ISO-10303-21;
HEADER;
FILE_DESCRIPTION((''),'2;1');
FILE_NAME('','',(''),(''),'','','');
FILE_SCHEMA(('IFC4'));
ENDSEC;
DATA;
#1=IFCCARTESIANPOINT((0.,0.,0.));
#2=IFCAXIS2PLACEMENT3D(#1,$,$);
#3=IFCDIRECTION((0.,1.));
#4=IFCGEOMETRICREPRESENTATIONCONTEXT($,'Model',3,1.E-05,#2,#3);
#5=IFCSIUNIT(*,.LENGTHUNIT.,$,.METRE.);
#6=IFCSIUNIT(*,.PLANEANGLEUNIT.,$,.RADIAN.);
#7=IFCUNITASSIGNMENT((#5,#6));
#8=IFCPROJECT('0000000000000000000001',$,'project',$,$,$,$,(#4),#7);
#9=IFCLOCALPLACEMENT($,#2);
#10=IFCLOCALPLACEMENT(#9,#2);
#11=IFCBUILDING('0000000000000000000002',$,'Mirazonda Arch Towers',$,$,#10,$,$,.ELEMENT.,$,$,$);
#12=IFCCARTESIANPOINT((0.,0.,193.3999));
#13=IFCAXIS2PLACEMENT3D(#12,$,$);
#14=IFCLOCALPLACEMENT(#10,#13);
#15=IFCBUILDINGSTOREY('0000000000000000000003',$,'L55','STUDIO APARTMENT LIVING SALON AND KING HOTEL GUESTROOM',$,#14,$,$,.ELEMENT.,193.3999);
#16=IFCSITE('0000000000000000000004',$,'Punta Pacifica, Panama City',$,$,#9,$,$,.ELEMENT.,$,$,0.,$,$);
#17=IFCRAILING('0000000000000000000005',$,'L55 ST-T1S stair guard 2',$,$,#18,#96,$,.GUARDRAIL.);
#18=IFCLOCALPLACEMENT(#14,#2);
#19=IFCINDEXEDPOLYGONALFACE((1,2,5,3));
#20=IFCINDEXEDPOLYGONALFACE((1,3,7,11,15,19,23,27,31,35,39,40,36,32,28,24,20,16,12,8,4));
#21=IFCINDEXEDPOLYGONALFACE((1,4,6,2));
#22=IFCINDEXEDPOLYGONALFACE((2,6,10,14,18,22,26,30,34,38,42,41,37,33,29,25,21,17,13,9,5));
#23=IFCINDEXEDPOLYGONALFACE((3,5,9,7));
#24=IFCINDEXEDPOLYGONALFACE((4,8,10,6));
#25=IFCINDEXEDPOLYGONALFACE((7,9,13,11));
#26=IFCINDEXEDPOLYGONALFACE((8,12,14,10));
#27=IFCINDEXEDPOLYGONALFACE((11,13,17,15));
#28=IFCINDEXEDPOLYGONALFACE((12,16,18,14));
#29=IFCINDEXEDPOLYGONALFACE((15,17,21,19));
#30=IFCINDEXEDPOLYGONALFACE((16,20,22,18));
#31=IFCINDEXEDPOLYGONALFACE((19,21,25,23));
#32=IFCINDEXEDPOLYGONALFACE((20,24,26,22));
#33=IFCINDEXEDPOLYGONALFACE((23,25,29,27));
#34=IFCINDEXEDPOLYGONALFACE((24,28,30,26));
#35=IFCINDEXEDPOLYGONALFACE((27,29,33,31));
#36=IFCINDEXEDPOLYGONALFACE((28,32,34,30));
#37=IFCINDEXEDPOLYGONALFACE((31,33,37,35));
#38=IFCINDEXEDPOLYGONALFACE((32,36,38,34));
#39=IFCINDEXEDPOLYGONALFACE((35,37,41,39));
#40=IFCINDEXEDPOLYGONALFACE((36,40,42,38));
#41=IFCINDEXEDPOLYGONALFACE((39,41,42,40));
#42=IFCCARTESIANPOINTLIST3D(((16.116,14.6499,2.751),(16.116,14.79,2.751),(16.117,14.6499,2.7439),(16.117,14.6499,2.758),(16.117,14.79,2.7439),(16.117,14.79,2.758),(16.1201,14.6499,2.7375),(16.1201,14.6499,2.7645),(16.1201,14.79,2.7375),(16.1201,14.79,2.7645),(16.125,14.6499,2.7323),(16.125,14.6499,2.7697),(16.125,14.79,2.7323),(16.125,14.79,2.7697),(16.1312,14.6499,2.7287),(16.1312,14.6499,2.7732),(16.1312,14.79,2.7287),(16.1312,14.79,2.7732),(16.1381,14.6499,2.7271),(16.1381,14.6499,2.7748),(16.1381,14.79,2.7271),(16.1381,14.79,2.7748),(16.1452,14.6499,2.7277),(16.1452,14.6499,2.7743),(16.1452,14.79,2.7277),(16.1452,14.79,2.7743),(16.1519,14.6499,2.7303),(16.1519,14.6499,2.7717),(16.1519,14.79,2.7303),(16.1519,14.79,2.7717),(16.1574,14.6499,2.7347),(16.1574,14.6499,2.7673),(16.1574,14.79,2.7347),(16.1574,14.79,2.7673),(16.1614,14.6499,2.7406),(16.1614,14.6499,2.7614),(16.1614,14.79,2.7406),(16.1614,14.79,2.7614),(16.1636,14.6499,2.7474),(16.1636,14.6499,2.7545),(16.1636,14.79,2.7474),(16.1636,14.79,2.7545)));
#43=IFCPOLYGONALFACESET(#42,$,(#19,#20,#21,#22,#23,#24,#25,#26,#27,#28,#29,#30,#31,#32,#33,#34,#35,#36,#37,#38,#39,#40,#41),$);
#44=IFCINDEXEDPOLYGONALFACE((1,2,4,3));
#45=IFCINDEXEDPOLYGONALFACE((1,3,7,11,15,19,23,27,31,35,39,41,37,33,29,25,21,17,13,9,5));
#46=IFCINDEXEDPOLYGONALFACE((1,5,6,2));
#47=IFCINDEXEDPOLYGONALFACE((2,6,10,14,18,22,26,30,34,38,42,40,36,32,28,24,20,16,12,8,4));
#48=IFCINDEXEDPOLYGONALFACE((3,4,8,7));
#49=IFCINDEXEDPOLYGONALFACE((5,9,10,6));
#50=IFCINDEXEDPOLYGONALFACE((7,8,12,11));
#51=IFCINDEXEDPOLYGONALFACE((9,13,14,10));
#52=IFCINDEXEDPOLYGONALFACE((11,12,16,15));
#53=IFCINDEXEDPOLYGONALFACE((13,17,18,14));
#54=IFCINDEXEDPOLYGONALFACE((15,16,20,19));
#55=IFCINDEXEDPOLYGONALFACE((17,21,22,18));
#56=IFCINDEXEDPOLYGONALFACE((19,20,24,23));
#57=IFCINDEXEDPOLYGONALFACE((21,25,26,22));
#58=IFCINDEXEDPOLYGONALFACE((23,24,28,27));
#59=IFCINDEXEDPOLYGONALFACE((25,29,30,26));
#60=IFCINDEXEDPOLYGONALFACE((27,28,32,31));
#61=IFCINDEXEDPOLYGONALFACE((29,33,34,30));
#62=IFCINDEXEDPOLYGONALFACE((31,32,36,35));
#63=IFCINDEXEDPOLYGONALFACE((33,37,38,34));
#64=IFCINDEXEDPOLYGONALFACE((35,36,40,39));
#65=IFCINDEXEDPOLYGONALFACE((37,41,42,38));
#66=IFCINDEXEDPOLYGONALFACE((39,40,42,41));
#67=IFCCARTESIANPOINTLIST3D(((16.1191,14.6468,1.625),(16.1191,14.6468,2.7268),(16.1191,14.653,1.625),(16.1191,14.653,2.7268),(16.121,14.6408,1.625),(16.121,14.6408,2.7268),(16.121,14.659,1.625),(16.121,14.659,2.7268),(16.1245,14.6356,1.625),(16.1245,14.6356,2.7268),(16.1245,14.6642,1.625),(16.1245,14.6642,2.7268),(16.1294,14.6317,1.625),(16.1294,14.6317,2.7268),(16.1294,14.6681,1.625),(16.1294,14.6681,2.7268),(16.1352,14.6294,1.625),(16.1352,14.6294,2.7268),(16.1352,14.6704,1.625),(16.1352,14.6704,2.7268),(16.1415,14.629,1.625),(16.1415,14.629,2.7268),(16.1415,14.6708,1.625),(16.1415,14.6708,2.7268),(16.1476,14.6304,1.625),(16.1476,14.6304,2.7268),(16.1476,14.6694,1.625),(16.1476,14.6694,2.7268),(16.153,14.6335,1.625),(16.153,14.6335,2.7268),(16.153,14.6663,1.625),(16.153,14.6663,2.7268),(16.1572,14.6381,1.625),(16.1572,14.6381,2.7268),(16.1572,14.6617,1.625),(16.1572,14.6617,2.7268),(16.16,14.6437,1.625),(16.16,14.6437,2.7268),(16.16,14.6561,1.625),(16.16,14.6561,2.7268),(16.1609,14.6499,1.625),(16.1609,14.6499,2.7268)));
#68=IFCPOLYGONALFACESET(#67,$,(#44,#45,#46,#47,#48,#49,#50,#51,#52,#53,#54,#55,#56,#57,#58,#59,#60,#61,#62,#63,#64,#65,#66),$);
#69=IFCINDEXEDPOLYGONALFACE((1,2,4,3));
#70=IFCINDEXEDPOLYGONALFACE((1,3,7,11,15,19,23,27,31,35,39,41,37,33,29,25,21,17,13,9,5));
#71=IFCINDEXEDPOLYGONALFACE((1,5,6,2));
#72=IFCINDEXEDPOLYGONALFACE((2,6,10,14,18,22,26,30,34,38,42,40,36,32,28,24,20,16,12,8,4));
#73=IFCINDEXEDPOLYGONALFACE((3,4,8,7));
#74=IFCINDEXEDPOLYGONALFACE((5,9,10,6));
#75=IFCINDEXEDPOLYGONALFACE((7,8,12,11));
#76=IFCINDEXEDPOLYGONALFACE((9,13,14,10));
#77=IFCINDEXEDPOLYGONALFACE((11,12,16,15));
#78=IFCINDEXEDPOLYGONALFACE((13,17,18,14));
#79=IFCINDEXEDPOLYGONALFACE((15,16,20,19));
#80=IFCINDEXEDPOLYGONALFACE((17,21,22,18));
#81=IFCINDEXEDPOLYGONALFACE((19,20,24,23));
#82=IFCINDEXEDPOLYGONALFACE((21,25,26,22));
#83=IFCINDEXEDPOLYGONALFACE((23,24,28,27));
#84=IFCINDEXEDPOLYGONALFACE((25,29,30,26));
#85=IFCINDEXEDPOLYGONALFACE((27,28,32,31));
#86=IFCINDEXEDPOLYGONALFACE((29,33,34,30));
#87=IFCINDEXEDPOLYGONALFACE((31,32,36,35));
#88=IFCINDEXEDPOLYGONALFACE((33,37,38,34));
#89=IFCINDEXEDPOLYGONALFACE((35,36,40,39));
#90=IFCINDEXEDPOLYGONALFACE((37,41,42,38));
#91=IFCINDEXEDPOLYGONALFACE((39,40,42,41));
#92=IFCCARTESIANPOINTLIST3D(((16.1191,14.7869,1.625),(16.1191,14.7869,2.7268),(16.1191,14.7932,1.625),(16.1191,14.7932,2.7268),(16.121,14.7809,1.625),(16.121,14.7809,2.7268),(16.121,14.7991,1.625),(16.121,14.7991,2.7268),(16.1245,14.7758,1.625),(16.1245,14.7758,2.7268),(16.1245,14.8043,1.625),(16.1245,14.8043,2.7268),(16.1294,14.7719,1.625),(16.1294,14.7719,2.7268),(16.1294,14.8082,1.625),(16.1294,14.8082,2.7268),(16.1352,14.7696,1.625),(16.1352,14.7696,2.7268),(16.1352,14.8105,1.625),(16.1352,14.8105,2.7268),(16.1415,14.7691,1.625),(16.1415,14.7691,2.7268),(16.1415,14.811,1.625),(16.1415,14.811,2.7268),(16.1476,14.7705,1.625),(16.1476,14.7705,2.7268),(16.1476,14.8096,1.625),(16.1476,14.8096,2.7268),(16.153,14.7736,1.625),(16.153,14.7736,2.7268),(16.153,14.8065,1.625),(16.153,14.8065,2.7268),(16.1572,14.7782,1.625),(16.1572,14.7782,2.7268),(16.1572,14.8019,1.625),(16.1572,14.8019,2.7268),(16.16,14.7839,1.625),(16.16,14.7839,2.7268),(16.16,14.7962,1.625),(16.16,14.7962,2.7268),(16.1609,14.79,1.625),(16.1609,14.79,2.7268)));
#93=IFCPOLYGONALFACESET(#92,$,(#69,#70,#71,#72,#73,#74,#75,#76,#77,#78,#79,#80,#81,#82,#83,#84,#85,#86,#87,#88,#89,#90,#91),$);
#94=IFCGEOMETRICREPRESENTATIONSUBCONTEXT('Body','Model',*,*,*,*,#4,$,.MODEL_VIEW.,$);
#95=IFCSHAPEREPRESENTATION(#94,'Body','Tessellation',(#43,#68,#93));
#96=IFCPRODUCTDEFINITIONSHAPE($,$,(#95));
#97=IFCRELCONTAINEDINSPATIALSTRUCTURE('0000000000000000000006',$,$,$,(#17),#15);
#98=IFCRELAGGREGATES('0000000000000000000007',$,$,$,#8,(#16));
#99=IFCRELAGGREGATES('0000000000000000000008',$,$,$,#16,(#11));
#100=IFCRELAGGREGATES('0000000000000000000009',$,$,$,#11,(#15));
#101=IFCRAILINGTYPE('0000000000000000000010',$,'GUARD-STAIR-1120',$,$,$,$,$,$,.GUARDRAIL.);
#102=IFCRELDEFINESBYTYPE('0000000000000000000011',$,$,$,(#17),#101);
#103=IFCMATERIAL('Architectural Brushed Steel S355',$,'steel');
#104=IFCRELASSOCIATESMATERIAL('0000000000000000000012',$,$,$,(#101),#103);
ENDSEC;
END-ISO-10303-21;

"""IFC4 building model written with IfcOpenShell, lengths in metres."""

from ifc_helpers import new_model, si_unit, direction, frame, origin, origin_2d, place, context, subcontext, project, spatial, circle, extrude, material, type_object, element, save


model = new_model("IFC4")

# Units and contexts
model_context = context("Model", 3, precision=1e-05, world=origin(), true_north=direction((0.0, 1.0)))
body_context = subcontext(model_context, "Body", "Model", "MODEL_VIEW")
ifc_project = project(units=[si_unit("LENGTHUNIT", "METRE"), si_unit("PLANEANGLEUNIT", "RADIAN")], contexts=[model_context])

# Site, building, storey
site_placement = place(None, origin())
site = spatial("IfcSite", under=ifc_project, at=site_placement, Name="Punta Pacifica, Panama City", CompositionType="ELEMENT", RefElevation=0.0)
building_placement = place(site_placement, origin())
building = spatial("IfcBuilding", under=site, at=building_placement, Name="Mirazonda Arch Towers", CompositionType="ELEMENT")
storey_placement = place(building_placement, frame((0.0, 0.0, 193.3999)))
storey = spatial("IfcBuildingStorey", under=building, at=storey_placement, Name="L55", Description="STUDIO APARTMENT LIVING SALON AND KING HOTEL GUESTROOM", CompositionType="ELEMENT", Elevation=193.3999)

# Shared definitions
ifc_material_1 = material(Name="Architectural Brushed Steel S355", Category="steel")

# Railing
railing_type_1 = type_object("IfcRailingType", Name="GUARD-STAIR-1120", PredefinedType="GUARDRAIL", material=ifc_material_1)
railing_1_placement = place(storey_placement, frame((16.1399, 14.6499, 1.625)))
element("IfcRailing", 1, at=railing_1_placement, inside=storey, type_object=railing_type_1, Name="L55 ST-T1S stair guard 2", PredefinedType="GUARDRAIL", context=body_context, shape_type="SweptSolid", body=[
    extrude(circle(Radius=0.0239, at=origin_2d()), frame((0.0, 0.0, 1.126), z_axis=(0.0, 1.0, 0.0), x_axis=(-1.0, 0.0, 0.0)), (0.0, 0.0, 1.0), 0.1401),
    extrude(circle(Radius=0.021, at=origin_2d()), origin(), (0.0, 0.0, 1.0), 1.1018),
    extrude(circle(Radius=0.021, at=origin_2d()), frame((0.0, 0.1401, 0.0)), (0.0, 0.0, 1.0), 1.1018),
])

save(model, "model.ifc")
